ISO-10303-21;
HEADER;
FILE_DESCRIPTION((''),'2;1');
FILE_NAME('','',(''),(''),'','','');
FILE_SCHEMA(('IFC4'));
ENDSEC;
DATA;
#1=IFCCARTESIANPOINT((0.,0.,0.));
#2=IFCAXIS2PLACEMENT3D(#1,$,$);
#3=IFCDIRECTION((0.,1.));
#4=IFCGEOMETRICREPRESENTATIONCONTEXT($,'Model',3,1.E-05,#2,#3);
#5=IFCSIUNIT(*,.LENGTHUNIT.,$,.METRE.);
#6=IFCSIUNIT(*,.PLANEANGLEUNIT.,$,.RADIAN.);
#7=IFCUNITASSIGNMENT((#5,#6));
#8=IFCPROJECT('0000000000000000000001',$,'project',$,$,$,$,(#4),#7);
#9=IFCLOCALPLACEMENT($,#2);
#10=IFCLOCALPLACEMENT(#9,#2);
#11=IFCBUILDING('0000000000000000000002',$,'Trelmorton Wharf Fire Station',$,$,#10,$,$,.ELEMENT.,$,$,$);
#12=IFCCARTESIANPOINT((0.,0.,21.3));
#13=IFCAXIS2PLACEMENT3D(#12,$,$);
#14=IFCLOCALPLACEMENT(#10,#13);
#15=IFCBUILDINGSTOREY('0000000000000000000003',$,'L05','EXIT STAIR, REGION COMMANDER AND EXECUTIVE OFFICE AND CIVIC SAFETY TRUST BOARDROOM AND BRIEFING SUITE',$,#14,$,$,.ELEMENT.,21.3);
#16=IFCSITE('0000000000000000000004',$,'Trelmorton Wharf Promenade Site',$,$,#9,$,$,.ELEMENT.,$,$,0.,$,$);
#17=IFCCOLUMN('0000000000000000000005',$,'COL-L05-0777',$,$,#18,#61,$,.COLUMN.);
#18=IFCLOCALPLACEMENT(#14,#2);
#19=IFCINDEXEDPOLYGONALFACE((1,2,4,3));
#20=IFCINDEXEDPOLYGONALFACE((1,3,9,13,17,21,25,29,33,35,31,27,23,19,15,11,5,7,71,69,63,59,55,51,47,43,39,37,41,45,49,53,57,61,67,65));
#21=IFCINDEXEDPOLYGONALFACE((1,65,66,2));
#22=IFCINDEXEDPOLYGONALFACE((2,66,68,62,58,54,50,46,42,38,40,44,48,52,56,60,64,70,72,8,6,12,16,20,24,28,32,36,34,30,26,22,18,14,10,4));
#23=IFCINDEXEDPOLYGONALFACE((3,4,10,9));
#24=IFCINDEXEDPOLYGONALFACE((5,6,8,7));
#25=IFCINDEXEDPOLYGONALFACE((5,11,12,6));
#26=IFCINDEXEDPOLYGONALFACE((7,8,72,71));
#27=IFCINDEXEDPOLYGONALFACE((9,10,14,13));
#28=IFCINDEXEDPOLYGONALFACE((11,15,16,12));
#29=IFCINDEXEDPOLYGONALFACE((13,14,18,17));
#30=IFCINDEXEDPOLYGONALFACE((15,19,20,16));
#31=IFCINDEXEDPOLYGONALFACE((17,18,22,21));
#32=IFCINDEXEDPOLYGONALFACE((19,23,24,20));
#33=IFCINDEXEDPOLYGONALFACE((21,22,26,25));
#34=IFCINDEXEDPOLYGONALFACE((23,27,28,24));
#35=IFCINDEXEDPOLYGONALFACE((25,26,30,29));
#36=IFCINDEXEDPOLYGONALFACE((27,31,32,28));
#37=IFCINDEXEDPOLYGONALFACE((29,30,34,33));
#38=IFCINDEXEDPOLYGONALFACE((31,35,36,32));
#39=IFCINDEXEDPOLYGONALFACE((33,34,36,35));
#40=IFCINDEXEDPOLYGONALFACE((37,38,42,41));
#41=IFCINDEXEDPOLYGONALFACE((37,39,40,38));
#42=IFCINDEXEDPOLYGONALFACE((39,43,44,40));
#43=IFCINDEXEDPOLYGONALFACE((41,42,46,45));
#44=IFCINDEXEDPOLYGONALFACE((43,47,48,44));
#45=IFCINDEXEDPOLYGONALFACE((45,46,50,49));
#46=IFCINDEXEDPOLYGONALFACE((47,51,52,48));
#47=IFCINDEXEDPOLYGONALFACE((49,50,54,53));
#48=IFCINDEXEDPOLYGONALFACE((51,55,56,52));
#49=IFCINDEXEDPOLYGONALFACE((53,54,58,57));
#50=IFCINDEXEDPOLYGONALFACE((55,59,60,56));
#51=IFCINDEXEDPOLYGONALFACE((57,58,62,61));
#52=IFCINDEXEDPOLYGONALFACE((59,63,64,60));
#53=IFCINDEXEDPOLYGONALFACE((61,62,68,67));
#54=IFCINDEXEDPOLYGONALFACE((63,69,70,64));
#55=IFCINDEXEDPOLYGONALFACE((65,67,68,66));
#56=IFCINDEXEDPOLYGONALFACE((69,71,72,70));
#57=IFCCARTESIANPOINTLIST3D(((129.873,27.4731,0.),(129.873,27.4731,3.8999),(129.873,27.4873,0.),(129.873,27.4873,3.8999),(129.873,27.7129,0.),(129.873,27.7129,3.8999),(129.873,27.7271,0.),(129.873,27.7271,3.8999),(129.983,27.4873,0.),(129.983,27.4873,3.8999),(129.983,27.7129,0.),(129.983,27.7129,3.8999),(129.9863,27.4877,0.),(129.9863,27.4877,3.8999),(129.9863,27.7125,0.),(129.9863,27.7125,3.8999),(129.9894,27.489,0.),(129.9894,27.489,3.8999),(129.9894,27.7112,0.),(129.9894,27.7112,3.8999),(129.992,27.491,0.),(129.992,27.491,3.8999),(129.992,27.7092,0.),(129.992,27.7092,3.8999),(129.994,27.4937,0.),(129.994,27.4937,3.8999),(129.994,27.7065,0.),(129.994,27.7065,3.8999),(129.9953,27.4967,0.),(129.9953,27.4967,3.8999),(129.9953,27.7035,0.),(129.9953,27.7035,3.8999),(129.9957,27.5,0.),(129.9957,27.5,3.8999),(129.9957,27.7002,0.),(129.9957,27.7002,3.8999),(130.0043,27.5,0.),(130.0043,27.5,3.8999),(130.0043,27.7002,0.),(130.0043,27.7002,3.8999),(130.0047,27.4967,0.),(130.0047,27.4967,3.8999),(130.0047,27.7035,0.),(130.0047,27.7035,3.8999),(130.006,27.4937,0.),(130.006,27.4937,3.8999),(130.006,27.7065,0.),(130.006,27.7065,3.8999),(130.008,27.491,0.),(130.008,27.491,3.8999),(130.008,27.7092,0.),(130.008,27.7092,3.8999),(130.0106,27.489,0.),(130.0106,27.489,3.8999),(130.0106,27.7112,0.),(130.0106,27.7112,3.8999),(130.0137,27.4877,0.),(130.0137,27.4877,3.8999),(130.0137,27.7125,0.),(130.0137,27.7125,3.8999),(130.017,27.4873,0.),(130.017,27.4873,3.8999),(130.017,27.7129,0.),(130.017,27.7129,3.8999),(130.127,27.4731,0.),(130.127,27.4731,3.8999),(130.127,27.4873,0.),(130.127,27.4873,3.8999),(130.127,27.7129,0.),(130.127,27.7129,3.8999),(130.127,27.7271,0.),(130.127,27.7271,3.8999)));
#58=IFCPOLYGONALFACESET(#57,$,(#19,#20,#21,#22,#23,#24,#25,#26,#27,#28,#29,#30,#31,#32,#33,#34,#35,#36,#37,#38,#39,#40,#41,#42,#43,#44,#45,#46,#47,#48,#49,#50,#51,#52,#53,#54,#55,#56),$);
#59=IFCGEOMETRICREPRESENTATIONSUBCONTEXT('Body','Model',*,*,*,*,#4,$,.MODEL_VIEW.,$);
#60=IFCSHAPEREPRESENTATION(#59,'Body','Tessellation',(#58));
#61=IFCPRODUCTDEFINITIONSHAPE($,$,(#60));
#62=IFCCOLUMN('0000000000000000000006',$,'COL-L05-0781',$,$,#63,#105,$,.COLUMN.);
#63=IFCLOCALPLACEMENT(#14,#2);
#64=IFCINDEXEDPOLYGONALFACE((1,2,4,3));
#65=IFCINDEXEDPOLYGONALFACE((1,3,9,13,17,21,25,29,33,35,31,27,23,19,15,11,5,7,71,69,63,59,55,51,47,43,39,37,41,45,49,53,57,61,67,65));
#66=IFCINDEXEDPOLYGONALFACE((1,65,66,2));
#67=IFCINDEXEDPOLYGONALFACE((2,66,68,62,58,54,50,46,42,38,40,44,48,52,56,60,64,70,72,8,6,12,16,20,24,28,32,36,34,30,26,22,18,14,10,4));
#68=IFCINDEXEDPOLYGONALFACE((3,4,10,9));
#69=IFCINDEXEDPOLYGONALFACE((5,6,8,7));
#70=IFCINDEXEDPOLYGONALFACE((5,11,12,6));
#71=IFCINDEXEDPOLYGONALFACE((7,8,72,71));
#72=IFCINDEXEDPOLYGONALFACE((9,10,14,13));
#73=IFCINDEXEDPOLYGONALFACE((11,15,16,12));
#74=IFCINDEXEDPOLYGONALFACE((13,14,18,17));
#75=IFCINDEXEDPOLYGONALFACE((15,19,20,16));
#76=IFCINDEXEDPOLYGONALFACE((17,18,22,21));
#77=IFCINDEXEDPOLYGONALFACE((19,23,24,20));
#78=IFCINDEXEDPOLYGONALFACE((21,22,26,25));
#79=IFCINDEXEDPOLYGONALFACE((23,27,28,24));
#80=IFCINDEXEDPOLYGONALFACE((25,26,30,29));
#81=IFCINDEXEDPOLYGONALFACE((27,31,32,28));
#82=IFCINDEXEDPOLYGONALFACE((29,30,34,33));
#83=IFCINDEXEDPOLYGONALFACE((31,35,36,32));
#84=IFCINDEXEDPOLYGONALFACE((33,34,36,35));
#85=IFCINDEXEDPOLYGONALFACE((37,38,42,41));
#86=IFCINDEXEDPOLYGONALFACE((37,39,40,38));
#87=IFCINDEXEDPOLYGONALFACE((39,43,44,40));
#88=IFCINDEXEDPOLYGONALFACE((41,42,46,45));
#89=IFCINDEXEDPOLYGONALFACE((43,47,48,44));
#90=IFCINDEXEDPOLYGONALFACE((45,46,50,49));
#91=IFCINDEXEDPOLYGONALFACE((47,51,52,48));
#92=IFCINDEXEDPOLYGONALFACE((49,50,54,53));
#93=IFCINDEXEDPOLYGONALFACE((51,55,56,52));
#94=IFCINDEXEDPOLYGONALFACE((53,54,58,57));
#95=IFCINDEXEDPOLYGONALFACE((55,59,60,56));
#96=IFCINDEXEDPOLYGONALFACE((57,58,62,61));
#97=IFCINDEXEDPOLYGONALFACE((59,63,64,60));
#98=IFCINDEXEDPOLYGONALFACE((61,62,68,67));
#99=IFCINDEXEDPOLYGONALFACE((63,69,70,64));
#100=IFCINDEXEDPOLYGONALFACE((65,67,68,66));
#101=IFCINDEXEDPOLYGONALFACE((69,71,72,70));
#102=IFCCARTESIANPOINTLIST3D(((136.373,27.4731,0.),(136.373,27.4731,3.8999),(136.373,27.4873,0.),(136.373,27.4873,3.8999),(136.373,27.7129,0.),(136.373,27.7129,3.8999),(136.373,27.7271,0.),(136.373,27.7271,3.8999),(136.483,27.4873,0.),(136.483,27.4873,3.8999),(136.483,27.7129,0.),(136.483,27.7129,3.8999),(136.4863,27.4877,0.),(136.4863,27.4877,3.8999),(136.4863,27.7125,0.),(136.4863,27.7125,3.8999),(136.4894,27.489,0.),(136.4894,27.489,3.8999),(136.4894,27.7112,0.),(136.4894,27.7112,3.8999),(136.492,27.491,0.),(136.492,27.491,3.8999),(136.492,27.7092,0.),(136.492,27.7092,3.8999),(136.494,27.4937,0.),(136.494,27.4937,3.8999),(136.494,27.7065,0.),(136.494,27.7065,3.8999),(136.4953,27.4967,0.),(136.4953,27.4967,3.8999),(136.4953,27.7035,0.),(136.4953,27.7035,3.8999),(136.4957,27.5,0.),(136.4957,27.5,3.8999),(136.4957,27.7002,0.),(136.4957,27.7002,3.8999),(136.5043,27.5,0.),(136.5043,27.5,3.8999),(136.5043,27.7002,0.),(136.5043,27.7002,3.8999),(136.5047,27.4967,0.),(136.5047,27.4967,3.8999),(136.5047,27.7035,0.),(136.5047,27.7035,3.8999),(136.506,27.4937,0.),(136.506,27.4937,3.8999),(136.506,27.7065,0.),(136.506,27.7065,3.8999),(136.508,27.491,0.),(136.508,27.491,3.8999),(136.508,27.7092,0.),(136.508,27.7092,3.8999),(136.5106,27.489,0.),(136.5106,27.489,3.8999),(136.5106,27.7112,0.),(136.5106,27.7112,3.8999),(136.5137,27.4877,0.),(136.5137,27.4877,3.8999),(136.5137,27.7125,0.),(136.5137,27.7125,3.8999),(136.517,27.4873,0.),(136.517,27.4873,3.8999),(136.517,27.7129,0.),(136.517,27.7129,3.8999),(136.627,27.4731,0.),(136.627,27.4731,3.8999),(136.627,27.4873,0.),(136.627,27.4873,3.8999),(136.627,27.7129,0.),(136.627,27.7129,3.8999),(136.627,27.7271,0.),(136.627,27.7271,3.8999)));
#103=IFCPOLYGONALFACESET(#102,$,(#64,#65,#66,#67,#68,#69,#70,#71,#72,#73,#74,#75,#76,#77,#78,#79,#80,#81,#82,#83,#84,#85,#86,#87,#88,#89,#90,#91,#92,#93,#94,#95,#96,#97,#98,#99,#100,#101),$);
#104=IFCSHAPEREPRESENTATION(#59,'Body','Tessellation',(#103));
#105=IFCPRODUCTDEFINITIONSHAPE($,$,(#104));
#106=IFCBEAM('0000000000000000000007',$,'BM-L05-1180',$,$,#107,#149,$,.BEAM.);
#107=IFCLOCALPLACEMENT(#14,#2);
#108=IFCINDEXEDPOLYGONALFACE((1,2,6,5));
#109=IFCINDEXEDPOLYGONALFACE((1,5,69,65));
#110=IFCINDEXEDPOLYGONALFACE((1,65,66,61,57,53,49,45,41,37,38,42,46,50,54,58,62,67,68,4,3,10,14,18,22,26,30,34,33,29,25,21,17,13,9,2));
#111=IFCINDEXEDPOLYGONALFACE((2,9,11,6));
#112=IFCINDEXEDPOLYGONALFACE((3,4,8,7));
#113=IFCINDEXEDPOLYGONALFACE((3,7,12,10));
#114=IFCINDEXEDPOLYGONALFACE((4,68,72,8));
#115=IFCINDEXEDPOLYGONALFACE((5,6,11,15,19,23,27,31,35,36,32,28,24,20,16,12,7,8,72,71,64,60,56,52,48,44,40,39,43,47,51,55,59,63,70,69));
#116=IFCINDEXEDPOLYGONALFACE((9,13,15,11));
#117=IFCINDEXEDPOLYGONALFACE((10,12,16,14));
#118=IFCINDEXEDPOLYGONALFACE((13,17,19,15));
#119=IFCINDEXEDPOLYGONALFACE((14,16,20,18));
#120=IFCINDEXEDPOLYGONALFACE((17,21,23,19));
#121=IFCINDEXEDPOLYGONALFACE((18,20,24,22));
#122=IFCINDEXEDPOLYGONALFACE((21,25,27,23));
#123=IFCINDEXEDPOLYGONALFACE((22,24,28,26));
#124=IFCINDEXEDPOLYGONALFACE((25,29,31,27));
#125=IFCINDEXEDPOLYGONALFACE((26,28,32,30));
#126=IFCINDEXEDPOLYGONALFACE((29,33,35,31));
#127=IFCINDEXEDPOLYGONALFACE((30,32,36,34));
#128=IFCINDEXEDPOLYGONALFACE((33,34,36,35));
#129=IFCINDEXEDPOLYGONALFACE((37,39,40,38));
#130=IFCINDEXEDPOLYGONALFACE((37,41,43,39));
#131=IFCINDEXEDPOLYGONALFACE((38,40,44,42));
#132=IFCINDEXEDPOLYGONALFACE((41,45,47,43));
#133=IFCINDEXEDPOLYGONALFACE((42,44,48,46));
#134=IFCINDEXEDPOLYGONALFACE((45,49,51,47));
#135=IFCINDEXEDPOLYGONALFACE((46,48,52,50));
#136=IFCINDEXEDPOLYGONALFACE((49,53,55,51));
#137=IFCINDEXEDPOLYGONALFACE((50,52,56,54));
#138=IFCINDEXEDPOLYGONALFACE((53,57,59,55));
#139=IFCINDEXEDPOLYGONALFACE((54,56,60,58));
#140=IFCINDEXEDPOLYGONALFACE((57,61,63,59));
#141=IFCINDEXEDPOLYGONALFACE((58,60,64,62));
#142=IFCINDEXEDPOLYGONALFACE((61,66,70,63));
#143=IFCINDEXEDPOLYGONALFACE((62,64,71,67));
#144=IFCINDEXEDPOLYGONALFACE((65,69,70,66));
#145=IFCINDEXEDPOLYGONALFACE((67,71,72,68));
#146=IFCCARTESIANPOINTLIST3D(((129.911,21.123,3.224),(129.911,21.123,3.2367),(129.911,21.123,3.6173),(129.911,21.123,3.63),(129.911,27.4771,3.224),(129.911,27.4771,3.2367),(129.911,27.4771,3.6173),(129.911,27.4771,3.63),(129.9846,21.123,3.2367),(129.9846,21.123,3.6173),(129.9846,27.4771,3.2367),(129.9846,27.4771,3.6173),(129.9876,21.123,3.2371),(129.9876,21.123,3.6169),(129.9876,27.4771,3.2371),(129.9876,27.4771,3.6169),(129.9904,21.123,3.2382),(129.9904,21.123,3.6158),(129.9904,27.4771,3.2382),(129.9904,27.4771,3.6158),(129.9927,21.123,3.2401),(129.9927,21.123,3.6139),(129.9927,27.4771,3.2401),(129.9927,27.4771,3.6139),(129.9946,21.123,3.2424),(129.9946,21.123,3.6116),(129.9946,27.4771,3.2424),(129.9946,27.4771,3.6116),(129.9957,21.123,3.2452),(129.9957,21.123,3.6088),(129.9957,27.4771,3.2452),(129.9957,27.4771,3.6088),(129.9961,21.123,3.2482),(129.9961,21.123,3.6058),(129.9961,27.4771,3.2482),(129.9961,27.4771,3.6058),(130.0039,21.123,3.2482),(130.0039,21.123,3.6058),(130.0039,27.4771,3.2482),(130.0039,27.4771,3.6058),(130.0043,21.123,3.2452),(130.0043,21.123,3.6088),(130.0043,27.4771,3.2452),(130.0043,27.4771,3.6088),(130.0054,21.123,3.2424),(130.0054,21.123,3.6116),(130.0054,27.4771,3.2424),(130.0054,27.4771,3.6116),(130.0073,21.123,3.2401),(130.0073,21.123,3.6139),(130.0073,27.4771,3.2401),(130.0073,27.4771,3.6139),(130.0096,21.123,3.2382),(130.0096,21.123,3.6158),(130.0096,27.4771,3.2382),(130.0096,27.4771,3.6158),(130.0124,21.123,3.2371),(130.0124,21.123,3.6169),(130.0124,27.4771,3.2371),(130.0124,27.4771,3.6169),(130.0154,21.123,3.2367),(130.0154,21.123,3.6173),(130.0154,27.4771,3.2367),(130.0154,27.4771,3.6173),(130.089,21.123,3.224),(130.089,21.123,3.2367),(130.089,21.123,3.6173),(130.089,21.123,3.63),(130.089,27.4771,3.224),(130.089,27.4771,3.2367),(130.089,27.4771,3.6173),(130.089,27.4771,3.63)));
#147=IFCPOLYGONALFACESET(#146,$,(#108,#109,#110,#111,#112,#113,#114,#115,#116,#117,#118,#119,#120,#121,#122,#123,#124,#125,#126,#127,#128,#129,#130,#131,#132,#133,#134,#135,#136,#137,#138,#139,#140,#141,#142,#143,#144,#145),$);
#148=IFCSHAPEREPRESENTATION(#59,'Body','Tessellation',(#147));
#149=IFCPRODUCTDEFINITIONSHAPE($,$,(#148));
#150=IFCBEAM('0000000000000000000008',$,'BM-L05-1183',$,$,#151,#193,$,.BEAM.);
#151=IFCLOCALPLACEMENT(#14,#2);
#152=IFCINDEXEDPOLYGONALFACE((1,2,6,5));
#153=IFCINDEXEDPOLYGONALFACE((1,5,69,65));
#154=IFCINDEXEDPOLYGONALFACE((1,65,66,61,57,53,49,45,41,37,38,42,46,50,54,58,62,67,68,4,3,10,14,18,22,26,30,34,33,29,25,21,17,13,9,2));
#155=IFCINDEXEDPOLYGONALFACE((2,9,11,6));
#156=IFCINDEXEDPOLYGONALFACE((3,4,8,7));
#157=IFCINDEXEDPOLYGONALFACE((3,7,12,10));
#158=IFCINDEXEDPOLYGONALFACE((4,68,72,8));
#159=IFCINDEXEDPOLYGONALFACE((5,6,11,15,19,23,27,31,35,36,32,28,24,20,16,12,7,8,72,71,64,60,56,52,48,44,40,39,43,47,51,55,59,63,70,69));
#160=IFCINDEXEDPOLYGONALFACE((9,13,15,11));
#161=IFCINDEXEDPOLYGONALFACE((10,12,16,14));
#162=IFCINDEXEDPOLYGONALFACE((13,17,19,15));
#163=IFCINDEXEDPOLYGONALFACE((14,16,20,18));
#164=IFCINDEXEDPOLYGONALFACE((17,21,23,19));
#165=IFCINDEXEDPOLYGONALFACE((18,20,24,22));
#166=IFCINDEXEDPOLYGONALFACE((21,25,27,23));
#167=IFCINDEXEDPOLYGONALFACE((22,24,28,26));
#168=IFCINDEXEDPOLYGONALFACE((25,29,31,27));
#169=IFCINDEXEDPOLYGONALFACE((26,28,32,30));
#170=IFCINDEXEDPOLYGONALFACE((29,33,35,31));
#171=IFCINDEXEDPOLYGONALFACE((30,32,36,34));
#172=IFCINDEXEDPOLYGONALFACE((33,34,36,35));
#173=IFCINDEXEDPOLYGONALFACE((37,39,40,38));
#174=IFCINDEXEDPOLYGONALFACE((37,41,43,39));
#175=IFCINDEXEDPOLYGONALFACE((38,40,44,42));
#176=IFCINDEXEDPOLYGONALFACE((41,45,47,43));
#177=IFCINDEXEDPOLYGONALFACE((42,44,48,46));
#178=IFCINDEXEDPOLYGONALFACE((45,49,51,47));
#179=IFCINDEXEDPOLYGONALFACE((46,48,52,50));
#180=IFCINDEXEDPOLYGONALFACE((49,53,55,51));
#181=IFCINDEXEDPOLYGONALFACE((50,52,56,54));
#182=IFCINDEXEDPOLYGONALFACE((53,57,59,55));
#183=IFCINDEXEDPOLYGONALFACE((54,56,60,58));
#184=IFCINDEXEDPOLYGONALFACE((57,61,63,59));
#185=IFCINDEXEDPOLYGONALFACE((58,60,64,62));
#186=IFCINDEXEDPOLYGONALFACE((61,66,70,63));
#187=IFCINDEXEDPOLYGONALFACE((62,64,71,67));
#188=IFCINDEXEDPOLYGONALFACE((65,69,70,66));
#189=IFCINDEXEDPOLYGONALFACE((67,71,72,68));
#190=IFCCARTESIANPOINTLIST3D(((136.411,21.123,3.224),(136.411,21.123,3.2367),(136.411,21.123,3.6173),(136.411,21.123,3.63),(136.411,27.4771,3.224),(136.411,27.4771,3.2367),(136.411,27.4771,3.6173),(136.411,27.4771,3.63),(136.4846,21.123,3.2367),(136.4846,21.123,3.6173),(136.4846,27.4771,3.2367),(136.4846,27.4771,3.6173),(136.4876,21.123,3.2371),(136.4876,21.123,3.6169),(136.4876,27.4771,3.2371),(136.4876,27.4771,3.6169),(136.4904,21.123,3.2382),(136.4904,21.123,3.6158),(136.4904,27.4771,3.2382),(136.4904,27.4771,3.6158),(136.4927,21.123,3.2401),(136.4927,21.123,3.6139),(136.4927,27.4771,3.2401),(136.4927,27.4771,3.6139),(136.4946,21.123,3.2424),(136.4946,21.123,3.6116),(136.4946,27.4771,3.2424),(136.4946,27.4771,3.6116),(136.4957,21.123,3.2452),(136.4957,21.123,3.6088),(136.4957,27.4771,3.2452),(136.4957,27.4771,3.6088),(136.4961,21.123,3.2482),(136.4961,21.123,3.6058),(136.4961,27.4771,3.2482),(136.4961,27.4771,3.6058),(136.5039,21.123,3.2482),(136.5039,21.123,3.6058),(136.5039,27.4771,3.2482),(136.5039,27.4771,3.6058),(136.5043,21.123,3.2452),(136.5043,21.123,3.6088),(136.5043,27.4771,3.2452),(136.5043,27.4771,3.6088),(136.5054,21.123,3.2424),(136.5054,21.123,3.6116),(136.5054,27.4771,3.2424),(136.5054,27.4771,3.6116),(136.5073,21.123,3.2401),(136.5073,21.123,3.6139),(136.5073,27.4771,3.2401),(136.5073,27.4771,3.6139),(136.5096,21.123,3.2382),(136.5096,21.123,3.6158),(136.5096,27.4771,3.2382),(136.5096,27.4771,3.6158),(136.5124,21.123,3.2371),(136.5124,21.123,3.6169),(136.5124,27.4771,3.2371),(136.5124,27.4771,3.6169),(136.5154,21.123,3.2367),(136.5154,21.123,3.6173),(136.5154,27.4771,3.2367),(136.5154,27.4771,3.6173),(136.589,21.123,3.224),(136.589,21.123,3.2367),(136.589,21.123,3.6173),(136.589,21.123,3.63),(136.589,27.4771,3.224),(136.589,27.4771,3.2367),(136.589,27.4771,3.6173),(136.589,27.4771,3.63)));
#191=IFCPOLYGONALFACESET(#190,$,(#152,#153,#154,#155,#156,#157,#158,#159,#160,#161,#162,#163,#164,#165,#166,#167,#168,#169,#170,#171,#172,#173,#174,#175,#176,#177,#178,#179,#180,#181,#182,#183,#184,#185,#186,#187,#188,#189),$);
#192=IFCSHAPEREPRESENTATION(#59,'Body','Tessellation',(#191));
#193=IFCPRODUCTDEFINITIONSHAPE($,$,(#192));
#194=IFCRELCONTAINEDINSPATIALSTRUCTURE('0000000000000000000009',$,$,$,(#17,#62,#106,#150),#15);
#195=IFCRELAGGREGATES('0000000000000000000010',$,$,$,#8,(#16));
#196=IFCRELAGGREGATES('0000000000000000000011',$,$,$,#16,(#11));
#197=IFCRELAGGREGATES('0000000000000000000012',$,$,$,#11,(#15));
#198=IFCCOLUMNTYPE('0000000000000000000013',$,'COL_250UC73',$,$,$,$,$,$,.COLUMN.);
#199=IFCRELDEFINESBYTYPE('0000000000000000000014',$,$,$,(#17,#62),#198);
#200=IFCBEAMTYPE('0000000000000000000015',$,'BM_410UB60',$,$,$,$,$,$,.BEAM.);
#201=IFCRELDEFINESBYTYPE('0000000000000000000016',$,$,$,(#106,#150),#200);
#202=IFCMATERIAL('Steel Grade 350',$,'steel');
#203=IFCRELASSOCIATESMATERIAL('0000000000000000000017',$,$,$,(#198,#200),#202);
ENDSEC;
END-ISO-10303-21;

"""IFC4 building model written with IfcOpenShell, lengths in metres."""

from ifc_helpers import new_model, si_unit, direction, frame, origin, origin_2d, place, context, subcontext, project, spatial, i_section, extrude, material, material_profile, profile_set, type_object, element, save


model = new_model("IFC4")

# Units and contexts
model_context = context("Model", 3, precision=1e-05, world=origin(), true_north=direction((0.0, 1.0)))
body_context = subcontext(model_context, "Body", "Model", "MODEL_VIEW")
ifc_project = project(units=[si_unit("LENGTHUNIT", "METRE"), si_unit("PLANEANGLEUNIT", "RADIAN")], contexts=[model_context])

# Site, building, storey
site_placement = place(None, origin())
site = spatial("IfcSite", under=ifc_project, at=site_placement, Name="Trelmorton Wharf Promenade Site", CompositionType="ELEMENT", RefElevation=0.0)
building_placement = place(site_placement, origin())
building = spatial("IfcBuilding", under=site, at=building_placement, Name="Trelmorton Wharf Fire Station", CompositionType="ELEMENT")
storey_placement = place(building_placement, frame((0.0, 0.0, 21.3)))
storey = spatial("IfcBuildingStorey", under=building, at=storey_placement, Name="L05", Description="EXIT STAIR, REGION COMMANDER AND EXECUTIVE OFFICE AND CIVIC SAFETY TRUST BOARDROOM AND BRIEFING SUITE", CompositionType="ELEMENT", Elevation=21.3)

# Columns
ifc_material_1 = material(Name="Steel Grade 350", Category="steel")
ifc_material_profile_1 = material_profile(ifc_material_1, i_section(OverallWidth=0.2539, OverallDepth=0.2539, WebThickness=0.0085, FlangeThickness=0.0142, FilletRadius=0.0127, at=origin_2d()), Name="250UC72.9")
ifc_profile_set_1 = profile_set([ifc_material_profile_1], Name="Steel Grade 350")
column_type = type_object("IfcColumnType", Name="COL_250UC73", PredefinedType="COLUMN", material=ifc_profile_set_1)
for number, where, z_axis, x_axis, name in (
    (1, (130.0, 27.6001, 0.0), (0.0, 0.0, 1.0), (1.0, 0.0, 0.0), "COL-L05-0777"),
    (2, (136.5, 27.6001, 0.0), (0.0, 0.0, 1.0), (1.0, 0.0, 0.0), "COL-L05-0781"),
):
    element("IfcColumn", number, at=place(storey_placement, frame(where, z_axis=z_axis, x_axis=x_axis)), inside=storey, type_object=column_type, Name=name, PredefinedType="COLUMN", context=body_context, shape_type="SweptSolid", body=[
        extrude(i_section(OverallWidth=0.2539, OverallDepth=0.2539, WebThickness=0.0085, FlangeThickness=0.0142, FilletRadius=0.0127, at=origin_2d()), origin(), (0.0, 0.0, 1.0), 3.8999),
    ])

# Beams
ifc_material_profile_2 = material_profile(ifc_material_1, i_section(OverallWidth=0.178, OverallDepth=0.406, WebThickness=0.0078, FlangeThickness=0.0127, FilletRadius=0.0115, at=origin_2d()), Name="410UB59.7")
ifc_profile_set_2 = profile_set([ifc_material_profile_2], Name="Steel Grade 350")
beam_type_1 = type_object("IfcBeamType", Name="BM_410UB60", PredefinedType="BEAM", material=ifc_profile_set_2)
for number, where, z_axis, x_axis, name in (
    (3, (130.0, 21.123, 3.427), (0.0, 1.0, 0.0), (-1.0, 0.0, 0.0), "BM-L05-1180"),
    (4, (136.5, 21.123, 3.427), (0.0, 1.0, 0.0), (-1.0, 0.0, 0.0), "BM-L05-1183"),
):
    element("IfcBeam", number, at=place(storey_placement, frame(where, z_axis=z_axis, x_axis=x_axis)), inside=storey, type_object=beam_type_1, Name=name, PredefinedType="BEAM", context=body_context, shape_type="SweptSolid", body=[
        extrude(i_section(OverallWidth=0.178, OverallDepth=0.406, WebThickness=0.0078, FlangeThickness=0.0127, FilletRadius=0.0115, at=origin_2d()), origin(), (0.0, 0.0, 1.0), 6.354),
    ])

save(model, "model.ifc")
